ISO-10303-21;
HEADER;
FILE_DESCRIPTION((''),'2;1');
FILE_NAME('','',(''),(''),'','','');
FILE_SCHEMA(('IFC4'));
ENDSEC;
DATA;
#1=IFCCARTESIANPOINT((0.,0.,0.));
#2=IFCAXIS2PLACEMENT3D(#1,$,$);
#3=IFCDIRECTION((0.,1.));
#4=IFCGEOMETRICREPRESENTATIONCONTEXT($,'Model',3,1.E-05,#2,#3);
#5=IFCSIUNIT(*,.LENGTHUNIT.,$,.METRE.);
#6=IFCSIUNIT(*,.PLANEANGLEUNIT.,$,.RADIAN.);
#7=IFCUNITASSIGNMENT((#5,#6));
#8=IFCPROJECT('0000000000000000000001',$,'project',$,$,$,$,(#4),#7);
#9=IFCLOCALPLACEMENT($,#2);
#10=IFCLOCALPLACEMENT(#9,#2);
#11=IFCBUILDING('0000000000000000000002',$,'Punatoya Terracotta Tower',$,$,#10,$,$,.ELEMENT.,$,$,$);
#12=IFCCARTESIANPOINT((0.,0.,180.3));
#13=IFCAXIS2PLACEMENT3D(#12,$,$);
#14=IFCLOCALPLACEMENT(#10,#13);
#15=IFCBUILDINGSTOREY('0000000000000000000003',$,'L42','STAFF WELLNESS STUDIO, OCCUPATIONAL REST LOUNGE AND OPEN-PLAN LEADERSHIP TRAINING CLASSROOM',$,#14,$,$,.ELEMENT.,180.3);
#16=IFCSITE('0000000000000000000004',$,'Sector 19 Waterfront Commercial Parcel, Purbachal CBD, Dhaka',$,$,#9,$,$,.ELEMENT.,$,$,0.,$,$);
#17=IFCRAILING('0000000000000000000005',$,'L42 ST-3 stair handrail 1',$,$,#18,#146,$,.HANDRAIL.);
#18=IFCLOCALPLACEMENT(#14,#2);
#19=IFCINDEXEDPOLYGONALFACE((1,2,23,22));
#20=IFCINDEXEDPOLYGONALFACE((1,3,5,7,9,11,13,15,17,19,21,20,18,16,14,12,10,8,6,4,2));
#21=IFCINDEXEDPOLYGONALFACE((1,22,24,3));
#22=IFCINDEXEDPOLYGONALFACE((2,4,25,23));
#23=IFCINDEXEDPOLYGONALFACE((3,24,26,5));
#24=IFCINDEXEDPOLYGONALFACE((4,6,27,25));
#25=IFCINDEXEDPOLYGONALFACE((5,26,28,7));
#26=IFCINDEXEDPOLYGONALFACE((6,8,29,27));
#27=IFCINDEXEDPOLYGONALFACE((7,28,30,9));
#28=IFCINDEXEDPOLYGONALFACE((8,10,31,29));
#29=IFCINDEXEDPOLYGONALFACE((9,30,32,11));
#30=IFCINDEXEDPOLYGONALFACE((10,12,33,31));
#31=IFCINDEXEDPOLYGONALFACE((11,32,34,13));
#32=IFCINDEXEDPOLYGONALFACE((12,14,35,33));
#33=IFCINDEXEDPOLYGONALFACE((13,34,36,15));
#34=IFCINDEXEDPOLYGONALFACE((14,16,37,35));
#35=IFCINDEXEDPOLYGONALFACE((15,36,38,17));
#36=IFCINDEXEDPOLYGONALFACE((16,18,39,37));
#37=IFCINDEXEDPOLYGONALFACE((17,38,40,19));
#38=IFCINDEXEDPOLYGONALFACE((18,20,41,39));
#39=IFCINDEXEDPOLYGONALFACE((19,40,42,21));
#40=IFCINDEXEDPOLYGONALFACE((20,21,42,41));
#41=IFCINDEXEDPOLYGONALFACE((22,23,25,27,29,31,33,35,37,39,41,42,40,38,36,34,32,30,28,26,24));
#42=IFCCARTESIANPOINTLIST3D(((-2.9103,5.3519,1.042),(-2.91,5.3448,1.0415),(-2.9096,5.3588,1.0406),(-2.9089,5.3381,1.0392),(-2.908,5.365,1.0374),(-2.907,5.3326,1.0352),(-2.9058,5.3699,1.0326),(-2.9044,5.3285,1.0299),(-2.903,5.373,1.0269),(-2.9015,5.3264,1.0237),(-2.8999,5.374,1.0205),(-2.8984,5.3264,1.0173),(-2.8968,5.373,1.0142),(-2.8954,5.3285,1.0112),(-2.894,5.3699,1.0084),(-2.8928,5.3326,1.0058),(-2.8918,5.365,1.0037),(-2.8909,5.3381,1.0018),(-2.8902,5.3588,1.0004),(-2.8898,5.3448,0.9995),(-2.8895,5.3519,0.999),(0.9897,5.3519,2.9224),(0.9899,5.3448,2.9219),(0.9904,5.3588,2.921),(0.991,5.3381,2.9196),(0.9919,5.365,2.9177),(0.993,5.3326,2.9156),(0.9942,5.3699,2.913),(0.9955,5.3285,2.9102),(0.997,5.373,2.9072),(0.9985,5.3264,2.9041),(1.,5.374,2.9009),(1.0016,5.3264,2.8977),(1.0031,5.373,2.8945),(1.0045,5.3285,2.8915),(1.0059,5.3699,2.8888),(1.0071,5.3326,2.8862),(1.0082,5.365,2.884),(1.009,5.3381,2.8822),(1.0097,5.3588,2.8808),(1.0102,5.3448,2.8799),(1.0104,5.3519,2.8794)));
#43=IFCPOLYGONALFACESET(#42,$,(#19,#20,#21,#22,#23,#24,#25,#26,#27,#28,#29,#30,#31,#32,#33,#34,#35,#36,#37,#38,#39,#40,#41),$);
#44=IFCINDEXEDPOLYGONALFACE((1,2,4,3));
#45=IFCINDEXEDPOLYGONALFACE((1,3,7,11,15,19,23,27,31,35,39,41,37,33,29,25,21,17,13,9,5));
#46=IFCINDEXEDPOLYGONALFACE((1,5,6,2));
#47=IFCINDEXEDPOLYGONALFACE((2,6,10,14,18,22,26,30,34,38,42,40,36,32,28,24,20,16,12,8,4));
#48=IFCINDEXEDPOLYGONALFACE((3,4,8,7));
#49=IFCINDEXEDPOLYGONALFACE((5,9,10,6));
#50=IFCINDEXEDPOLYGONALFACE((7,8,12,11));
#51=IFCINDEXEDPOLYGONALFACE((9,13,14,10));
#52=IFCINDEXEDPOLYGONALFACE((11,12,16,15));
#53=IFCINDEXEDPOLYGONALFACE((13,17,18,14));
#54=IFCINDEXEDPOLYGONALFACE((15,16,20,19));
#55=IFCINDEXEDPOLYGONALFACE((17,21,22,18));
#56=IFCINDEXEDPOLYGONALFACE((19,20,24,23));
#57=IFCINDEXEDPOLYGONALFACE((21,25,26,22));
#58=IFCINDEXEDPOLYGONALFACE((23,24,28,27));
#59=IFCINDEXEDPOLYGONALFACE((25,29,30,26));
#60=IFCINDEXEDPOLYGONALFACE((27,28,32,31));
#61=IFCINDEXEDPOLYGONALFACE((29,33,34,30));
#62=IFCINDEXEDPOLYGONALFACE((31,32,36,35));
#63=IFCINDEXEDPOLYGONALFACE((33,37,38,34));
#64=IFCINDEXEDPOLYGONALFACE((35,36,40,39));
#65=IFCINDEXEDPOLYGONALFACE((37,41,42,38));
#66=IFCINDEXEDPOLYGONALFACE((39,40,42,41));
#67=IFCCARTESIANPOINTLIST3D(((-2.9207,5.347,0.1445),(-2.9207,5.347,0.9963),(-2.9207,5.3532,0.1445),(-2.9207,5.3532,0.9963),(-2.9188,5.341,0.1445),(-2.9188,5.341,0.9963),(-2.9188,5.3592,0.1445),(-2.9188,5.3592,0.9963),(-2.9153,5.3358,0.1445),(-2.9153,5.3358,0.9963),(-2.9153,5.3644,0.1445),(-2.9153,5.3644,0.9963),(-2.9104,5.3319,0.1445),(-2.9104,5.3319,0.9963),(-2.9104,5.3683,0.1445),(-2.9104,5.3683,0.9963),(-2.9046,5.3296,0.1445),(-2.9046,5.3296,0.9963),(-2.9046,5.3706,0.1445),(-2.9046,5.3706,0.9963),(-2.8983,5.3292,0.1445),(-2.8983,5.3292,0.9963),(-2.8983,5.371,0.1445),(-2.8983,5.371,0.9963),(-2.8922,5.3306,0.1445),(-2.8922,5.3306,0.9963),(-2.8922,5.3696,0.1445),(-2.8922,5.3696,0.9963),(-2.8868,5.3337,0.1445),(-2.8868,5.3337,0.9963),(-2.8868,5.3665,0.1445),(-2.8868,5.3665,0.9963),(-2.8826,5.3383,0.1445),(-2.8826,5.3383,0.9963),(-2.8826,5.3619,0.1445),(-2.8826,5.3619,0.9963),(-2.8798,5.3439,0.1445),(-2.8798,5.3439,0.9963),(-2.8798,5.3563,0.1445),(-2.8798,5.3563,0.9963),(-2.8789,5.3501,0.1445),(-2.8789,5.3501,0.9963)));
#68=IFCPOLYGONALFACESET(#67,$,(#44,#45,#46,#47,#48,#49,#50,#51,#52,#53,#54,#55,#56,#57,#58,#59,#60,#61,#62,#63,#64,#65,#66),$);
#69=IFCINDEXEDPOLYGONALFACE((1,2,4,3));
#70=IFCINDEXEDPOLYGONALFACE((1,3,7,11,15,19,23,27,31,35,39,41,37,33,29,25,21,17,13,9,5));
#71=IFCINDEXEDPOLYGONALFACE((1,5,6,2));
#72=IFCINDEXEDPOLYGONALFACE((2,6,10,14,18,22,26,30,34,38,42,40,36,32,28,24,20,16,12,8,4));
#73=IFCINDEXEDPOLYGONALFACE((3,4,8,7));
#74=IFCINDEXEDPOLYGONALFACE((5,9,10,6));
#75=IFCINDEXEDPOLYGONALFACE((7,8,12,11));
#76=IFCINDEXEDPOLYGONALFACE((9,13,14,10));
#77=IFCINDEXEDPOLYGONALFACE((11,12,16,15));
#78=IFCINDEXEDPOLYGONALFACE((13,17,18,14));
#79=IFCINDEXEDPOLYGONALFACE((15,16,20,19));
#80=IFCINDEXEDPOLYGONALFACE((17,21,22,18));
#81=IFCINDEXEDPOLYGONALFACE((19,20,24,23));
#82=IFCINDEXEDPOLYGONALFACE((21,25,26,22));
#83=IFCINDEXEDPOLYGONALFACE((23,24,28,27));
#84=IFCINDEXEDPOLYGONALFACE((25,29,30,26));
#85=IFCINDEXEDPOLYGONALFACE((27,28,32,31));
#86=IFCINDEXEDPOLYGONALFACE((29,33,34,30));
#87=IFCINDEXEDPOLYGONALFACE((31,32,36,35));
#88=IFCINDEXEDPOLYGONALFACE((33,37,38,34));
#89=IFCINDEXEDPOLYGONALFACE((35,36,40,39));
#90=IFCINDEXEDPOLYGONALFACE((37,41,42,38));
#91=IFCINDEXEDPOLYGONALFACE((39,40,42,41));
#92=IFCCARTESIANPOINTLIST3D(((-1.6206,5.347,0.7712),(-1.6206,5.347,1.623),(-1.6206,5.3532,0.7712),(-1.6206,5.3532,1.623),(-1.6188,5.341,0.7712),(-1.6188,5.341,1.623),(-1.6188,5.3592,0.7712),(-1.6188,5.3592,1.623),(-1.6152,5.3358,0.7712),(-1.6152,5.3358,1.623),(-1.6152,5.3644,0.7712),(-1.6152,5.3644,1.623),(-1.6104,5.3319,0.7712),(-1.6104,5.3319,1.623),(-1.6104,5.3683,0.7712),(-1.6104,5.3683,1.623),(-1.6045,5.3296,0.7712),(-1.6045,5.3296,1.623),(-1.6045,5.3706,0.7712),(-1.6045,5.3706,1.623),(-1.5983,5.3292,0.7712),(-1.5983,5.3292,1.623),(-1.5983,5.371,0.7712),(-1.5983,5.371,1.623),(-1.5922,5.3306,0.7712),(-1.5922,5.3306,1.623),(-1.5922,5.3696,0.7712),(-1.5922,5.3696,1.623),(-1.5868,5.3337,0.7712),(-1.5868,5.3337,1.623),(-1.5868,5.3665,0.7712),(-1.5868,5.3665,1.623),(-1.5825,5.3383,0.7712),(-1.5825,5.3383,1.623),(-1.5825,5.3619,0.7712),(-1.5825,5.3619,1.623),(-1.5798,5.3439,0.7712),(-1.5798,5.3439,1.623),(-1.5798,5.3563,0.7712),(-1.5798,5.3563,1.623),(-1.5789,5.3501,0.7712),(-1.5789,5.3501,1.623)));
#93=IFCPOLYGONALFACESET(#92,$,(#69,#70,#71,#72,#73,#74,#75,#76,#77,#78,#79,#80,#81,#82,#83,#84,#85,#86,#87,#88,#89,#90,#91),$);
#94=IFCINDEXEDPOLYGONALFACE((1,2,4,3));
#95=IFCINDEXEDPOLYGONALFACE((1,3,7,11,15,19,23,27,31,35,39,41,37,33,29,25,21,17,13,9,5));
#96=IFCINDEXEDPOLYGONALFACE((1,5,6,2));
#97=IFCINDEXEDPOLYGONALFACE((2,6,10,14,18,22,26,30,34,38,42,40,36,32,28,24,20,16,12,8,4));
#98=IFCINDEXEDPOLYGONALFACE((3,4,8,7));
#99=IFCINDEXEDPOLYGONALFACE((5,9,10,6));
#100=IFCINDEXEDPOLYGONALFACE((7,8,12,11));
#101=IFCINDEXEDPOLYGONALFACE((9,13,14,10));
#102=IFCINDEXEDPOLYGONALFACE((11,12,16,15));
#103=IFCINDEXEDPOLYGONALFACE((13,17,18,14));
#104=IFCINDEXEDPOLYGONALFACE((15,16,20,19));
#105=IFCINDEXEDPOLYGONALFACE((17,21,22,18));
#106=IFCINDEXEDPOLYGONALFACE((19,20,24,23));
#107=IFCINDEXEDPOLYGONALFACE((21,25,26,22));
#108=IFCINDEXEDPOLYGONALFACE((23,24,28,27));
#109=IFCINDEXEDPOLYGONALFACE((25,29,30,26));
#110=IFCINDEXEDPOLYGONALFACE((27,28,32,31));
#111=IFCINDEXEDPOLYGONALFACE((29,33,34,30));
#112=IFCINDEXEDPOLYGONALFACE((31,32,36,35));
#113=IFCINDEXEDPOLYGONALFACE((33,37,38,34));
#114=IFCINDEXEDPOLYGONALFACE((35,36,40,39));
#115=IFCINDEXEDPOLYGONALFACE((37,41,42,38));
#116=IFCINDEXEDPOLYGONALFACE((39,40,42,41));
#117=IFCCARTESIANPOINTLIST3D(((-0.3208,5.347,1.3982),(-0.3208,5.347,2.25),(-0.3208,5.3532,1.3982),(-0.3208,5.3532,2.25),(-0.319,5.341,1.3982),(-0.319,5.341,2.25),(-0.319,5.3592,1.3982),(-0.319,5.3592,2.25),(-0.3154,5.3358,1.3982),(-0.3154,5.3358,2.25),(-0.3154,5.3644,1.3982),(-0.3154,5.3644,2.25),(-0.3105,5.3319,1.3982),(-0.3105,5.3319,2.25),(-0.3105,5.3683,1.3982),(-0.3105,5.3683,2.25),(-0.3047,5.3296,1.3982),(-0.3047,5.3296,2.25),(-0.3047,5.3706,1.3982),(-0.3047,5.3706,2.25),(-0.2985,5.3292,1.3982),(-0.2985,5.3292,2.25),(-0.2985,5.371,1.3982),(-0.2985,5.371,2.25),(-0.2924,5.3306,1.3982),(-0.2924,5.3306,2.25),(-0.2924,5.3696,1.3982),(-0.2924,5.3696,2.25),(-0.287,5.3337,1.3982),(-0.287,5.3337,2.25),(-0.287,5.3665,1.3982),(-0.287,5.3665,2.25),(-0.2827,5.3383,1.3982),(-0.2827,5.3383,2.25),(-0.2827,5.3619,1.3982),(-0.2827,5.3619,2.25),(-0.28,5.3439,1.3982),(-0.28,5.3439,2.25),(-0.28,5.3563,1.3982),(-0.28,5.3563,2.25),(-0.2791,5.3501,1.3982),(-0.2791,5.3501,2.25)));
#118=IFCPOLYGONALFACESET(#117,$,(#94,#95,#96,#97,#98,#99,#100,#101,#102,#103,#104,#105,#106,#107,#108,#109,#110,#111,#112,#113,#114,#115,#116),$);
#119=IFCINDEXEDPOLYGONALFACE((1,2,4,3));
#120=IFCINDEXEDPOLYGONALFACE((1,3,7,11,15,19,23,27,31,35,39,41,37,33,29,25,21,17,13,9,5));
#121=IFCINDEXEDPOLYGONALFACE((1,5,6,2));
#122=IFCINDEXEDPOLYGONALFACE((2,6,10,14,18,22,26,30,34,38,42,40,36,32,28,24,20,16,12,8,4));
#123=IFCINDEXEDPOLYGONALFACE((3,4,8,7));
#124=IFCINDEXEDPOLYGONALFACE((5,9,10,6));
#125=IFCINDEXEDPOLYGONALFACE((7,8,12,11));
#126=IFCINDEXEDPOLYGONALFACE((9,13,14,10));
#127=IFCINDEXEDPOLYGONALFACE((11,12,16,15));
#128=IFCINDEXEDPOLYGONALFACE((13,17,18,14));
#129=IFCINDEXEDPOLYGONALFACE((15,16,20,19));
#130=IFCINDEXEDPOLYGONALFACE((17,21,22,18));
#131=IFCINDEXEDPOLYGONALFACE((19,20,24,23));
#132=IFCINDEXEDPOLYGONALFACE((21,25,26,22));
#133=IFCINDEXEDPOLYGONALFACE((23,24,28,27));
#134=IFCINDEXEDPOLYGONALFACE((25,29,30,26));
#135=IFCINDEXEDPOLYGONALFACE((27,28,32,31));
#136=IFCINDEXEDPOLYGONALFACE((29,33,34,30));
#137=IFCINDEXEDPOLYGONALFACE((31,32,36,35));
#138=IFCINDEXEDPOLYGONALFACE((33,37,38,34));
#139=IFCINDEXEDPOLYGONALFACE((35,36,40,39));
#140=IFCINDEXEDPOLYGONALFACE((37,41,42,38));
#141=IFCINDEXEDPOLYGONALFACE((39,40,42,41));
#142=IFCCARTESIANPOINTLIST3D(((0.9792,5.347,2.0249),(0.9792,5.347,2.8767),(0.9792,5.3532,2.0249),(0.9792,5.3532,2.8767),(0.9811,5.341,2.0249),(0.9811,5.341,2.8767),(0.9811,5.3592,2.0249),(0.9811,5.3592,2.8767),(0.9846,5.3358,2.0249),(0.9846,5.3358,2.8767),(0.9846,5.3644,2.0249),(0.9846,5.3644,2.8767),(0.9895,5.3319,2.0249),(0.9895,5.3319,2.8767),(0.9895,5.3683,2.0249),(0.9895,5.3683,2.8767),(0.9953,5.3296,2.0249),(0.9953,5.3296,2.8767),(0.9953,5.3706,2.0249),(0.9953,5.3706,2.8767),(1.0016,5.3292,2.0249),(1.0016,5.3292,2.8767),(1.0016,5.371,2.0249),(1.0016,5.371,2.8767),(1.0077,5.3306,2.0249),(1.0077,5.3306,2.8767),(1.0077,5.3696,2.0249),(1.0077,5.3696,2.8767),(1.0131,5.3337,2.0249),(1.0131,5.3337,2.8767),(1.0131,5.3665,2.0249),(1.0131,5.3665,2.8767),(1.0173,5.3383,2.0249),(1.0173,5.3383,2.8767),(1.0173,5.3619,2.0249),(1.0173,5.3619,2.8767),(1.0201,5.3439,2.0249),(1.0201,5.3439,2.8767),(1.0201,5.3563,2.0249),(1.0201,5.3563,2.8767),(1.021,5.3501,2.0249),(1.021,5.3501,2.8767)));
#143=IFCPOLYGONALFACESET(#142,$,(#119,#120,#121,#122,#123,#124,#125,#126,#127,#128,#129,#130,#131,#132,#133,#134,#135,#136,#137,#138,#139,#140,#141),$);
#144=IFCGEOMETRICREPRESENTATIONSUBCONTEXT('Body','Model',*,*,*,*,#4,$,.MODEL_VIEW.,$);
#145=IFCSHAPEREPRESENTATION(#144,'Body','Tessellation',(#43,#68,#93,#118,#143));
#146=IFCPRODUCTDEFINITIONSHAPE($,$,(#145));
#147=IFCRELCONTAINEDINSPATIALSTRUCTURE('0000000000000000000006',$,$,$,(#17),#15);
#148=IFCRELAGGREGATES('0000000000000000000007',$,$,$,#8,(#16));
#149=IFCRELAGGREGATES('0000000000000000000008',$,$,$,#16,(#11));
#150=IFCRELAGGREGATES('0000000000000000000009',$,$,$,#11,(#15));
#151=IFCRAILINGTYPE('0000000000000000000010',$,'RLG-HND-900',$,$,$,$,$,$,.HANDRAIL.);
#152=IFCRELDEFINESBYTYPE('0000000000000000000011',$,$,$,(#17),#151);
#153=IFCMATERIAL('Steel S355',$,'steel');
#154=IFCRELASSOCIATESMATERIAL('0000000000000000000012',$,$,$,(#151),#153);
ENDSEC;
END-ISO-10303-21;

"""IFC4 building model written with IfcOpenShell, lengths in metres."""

from ifc_helpers import new_model, si_unit, direction, frame, origin, origin_2d, place, context, subcontext, project, spatial, circle, extrude, material, type_object, element, save


model = new_model("IFC4")

# Units and contexts
model_context = context("Model", 3, precision=1e-05, world=origin(), true_north=direction((0.0, 1.0)))
body_context = subcontext(model_context, "Body", "Model", "MODEL_VIEW")
ifc_project = project(units=[si_unit("LENGTHUNIT", "METRE"), si_unit("PLANEANGLEUNIT", "RADIAN")], contexts=[model_context])

# Site, building, storey
site_placement = place(None, origin())
site = spatial("IfcSite", under=ifc_project, at=site_placement, Name="Sector 19 Waterfront Commercial Parcel, Purbachal CBD, Dhaka", CompositionType="ELEMENT", RefElevation=0.0)
building_placement = place(site_placement, origin())
building = spatial("IfcBuilding", under=site, at=building_placement, Name="Punatoya Terracotta Tower", CompositionType="ELEMENT")
storey_placement = place(building_placement, frame((0.0, 0.0, 180.3)))
storey = spatial("IfcBuildingStorey", under=building, at=storey_placement, Name="L42", Description="STAFF WELLNESS STUDIO, OCCUPATIONAL REST LOUNGE AND OPEN-PLAN LEADERSHIP TRAINING CLASSROOM", CompositionType="ELEMENT", Elevation=180.3)

# Shared definitions
ifc_material_1 = material(Name="Steel S355", Category="steel")

# Railing
railing_type_1 = type_object("IfcRailingType", Name="RLG-HND-900", PredefinedType="HANDRAIL", material=ifc_material_1)
railing_1_placement = place(storey_placement, frame((-2.8999, 5.3501, 0.1445)))
element("IfcRailing", 1, at=railing_1_placement, inside=storey, type_object=railing_type_1, Name="L42 ST-3 stair handrail 1", PredefinedType="HANDRAIL", context=body_context, shape_type="SweptSolid", body=[
    extrude(circle(Radius=0.0239, at=origin_2d()), frame((0.0, 0.0, 0.876), z_axis=(0.900763, 0.0, 0.434311), x_axis=(0.0, 1.0, 0.0)), (0.0, 0.0, 1.0), 4.3296),
    extrude(circle(Radius=0.021, at=origin_2d()), origin(), (0.0, 0.0, 1.0), 0.8518),
    extrude(circle(Radius=0.021, at=origin_2d()), frame((1.3, 0.0, 0.6267)), (0.0, 0.0, 1.0), 0.8518),
    extrude(circle(Radius=0.021, at=origin_2d()), frame((2.5999, 0.0, 1.2537)), (0.0, 0.0, 1.0), 0.8518),
    extrude(circle(Radius=0.021, at=origin_2d()), frame((3.8999, 0.0, 1.8804)), (0.0, 0.0, 1.0), 0.8518),
])

save(model, "model.ifc")
